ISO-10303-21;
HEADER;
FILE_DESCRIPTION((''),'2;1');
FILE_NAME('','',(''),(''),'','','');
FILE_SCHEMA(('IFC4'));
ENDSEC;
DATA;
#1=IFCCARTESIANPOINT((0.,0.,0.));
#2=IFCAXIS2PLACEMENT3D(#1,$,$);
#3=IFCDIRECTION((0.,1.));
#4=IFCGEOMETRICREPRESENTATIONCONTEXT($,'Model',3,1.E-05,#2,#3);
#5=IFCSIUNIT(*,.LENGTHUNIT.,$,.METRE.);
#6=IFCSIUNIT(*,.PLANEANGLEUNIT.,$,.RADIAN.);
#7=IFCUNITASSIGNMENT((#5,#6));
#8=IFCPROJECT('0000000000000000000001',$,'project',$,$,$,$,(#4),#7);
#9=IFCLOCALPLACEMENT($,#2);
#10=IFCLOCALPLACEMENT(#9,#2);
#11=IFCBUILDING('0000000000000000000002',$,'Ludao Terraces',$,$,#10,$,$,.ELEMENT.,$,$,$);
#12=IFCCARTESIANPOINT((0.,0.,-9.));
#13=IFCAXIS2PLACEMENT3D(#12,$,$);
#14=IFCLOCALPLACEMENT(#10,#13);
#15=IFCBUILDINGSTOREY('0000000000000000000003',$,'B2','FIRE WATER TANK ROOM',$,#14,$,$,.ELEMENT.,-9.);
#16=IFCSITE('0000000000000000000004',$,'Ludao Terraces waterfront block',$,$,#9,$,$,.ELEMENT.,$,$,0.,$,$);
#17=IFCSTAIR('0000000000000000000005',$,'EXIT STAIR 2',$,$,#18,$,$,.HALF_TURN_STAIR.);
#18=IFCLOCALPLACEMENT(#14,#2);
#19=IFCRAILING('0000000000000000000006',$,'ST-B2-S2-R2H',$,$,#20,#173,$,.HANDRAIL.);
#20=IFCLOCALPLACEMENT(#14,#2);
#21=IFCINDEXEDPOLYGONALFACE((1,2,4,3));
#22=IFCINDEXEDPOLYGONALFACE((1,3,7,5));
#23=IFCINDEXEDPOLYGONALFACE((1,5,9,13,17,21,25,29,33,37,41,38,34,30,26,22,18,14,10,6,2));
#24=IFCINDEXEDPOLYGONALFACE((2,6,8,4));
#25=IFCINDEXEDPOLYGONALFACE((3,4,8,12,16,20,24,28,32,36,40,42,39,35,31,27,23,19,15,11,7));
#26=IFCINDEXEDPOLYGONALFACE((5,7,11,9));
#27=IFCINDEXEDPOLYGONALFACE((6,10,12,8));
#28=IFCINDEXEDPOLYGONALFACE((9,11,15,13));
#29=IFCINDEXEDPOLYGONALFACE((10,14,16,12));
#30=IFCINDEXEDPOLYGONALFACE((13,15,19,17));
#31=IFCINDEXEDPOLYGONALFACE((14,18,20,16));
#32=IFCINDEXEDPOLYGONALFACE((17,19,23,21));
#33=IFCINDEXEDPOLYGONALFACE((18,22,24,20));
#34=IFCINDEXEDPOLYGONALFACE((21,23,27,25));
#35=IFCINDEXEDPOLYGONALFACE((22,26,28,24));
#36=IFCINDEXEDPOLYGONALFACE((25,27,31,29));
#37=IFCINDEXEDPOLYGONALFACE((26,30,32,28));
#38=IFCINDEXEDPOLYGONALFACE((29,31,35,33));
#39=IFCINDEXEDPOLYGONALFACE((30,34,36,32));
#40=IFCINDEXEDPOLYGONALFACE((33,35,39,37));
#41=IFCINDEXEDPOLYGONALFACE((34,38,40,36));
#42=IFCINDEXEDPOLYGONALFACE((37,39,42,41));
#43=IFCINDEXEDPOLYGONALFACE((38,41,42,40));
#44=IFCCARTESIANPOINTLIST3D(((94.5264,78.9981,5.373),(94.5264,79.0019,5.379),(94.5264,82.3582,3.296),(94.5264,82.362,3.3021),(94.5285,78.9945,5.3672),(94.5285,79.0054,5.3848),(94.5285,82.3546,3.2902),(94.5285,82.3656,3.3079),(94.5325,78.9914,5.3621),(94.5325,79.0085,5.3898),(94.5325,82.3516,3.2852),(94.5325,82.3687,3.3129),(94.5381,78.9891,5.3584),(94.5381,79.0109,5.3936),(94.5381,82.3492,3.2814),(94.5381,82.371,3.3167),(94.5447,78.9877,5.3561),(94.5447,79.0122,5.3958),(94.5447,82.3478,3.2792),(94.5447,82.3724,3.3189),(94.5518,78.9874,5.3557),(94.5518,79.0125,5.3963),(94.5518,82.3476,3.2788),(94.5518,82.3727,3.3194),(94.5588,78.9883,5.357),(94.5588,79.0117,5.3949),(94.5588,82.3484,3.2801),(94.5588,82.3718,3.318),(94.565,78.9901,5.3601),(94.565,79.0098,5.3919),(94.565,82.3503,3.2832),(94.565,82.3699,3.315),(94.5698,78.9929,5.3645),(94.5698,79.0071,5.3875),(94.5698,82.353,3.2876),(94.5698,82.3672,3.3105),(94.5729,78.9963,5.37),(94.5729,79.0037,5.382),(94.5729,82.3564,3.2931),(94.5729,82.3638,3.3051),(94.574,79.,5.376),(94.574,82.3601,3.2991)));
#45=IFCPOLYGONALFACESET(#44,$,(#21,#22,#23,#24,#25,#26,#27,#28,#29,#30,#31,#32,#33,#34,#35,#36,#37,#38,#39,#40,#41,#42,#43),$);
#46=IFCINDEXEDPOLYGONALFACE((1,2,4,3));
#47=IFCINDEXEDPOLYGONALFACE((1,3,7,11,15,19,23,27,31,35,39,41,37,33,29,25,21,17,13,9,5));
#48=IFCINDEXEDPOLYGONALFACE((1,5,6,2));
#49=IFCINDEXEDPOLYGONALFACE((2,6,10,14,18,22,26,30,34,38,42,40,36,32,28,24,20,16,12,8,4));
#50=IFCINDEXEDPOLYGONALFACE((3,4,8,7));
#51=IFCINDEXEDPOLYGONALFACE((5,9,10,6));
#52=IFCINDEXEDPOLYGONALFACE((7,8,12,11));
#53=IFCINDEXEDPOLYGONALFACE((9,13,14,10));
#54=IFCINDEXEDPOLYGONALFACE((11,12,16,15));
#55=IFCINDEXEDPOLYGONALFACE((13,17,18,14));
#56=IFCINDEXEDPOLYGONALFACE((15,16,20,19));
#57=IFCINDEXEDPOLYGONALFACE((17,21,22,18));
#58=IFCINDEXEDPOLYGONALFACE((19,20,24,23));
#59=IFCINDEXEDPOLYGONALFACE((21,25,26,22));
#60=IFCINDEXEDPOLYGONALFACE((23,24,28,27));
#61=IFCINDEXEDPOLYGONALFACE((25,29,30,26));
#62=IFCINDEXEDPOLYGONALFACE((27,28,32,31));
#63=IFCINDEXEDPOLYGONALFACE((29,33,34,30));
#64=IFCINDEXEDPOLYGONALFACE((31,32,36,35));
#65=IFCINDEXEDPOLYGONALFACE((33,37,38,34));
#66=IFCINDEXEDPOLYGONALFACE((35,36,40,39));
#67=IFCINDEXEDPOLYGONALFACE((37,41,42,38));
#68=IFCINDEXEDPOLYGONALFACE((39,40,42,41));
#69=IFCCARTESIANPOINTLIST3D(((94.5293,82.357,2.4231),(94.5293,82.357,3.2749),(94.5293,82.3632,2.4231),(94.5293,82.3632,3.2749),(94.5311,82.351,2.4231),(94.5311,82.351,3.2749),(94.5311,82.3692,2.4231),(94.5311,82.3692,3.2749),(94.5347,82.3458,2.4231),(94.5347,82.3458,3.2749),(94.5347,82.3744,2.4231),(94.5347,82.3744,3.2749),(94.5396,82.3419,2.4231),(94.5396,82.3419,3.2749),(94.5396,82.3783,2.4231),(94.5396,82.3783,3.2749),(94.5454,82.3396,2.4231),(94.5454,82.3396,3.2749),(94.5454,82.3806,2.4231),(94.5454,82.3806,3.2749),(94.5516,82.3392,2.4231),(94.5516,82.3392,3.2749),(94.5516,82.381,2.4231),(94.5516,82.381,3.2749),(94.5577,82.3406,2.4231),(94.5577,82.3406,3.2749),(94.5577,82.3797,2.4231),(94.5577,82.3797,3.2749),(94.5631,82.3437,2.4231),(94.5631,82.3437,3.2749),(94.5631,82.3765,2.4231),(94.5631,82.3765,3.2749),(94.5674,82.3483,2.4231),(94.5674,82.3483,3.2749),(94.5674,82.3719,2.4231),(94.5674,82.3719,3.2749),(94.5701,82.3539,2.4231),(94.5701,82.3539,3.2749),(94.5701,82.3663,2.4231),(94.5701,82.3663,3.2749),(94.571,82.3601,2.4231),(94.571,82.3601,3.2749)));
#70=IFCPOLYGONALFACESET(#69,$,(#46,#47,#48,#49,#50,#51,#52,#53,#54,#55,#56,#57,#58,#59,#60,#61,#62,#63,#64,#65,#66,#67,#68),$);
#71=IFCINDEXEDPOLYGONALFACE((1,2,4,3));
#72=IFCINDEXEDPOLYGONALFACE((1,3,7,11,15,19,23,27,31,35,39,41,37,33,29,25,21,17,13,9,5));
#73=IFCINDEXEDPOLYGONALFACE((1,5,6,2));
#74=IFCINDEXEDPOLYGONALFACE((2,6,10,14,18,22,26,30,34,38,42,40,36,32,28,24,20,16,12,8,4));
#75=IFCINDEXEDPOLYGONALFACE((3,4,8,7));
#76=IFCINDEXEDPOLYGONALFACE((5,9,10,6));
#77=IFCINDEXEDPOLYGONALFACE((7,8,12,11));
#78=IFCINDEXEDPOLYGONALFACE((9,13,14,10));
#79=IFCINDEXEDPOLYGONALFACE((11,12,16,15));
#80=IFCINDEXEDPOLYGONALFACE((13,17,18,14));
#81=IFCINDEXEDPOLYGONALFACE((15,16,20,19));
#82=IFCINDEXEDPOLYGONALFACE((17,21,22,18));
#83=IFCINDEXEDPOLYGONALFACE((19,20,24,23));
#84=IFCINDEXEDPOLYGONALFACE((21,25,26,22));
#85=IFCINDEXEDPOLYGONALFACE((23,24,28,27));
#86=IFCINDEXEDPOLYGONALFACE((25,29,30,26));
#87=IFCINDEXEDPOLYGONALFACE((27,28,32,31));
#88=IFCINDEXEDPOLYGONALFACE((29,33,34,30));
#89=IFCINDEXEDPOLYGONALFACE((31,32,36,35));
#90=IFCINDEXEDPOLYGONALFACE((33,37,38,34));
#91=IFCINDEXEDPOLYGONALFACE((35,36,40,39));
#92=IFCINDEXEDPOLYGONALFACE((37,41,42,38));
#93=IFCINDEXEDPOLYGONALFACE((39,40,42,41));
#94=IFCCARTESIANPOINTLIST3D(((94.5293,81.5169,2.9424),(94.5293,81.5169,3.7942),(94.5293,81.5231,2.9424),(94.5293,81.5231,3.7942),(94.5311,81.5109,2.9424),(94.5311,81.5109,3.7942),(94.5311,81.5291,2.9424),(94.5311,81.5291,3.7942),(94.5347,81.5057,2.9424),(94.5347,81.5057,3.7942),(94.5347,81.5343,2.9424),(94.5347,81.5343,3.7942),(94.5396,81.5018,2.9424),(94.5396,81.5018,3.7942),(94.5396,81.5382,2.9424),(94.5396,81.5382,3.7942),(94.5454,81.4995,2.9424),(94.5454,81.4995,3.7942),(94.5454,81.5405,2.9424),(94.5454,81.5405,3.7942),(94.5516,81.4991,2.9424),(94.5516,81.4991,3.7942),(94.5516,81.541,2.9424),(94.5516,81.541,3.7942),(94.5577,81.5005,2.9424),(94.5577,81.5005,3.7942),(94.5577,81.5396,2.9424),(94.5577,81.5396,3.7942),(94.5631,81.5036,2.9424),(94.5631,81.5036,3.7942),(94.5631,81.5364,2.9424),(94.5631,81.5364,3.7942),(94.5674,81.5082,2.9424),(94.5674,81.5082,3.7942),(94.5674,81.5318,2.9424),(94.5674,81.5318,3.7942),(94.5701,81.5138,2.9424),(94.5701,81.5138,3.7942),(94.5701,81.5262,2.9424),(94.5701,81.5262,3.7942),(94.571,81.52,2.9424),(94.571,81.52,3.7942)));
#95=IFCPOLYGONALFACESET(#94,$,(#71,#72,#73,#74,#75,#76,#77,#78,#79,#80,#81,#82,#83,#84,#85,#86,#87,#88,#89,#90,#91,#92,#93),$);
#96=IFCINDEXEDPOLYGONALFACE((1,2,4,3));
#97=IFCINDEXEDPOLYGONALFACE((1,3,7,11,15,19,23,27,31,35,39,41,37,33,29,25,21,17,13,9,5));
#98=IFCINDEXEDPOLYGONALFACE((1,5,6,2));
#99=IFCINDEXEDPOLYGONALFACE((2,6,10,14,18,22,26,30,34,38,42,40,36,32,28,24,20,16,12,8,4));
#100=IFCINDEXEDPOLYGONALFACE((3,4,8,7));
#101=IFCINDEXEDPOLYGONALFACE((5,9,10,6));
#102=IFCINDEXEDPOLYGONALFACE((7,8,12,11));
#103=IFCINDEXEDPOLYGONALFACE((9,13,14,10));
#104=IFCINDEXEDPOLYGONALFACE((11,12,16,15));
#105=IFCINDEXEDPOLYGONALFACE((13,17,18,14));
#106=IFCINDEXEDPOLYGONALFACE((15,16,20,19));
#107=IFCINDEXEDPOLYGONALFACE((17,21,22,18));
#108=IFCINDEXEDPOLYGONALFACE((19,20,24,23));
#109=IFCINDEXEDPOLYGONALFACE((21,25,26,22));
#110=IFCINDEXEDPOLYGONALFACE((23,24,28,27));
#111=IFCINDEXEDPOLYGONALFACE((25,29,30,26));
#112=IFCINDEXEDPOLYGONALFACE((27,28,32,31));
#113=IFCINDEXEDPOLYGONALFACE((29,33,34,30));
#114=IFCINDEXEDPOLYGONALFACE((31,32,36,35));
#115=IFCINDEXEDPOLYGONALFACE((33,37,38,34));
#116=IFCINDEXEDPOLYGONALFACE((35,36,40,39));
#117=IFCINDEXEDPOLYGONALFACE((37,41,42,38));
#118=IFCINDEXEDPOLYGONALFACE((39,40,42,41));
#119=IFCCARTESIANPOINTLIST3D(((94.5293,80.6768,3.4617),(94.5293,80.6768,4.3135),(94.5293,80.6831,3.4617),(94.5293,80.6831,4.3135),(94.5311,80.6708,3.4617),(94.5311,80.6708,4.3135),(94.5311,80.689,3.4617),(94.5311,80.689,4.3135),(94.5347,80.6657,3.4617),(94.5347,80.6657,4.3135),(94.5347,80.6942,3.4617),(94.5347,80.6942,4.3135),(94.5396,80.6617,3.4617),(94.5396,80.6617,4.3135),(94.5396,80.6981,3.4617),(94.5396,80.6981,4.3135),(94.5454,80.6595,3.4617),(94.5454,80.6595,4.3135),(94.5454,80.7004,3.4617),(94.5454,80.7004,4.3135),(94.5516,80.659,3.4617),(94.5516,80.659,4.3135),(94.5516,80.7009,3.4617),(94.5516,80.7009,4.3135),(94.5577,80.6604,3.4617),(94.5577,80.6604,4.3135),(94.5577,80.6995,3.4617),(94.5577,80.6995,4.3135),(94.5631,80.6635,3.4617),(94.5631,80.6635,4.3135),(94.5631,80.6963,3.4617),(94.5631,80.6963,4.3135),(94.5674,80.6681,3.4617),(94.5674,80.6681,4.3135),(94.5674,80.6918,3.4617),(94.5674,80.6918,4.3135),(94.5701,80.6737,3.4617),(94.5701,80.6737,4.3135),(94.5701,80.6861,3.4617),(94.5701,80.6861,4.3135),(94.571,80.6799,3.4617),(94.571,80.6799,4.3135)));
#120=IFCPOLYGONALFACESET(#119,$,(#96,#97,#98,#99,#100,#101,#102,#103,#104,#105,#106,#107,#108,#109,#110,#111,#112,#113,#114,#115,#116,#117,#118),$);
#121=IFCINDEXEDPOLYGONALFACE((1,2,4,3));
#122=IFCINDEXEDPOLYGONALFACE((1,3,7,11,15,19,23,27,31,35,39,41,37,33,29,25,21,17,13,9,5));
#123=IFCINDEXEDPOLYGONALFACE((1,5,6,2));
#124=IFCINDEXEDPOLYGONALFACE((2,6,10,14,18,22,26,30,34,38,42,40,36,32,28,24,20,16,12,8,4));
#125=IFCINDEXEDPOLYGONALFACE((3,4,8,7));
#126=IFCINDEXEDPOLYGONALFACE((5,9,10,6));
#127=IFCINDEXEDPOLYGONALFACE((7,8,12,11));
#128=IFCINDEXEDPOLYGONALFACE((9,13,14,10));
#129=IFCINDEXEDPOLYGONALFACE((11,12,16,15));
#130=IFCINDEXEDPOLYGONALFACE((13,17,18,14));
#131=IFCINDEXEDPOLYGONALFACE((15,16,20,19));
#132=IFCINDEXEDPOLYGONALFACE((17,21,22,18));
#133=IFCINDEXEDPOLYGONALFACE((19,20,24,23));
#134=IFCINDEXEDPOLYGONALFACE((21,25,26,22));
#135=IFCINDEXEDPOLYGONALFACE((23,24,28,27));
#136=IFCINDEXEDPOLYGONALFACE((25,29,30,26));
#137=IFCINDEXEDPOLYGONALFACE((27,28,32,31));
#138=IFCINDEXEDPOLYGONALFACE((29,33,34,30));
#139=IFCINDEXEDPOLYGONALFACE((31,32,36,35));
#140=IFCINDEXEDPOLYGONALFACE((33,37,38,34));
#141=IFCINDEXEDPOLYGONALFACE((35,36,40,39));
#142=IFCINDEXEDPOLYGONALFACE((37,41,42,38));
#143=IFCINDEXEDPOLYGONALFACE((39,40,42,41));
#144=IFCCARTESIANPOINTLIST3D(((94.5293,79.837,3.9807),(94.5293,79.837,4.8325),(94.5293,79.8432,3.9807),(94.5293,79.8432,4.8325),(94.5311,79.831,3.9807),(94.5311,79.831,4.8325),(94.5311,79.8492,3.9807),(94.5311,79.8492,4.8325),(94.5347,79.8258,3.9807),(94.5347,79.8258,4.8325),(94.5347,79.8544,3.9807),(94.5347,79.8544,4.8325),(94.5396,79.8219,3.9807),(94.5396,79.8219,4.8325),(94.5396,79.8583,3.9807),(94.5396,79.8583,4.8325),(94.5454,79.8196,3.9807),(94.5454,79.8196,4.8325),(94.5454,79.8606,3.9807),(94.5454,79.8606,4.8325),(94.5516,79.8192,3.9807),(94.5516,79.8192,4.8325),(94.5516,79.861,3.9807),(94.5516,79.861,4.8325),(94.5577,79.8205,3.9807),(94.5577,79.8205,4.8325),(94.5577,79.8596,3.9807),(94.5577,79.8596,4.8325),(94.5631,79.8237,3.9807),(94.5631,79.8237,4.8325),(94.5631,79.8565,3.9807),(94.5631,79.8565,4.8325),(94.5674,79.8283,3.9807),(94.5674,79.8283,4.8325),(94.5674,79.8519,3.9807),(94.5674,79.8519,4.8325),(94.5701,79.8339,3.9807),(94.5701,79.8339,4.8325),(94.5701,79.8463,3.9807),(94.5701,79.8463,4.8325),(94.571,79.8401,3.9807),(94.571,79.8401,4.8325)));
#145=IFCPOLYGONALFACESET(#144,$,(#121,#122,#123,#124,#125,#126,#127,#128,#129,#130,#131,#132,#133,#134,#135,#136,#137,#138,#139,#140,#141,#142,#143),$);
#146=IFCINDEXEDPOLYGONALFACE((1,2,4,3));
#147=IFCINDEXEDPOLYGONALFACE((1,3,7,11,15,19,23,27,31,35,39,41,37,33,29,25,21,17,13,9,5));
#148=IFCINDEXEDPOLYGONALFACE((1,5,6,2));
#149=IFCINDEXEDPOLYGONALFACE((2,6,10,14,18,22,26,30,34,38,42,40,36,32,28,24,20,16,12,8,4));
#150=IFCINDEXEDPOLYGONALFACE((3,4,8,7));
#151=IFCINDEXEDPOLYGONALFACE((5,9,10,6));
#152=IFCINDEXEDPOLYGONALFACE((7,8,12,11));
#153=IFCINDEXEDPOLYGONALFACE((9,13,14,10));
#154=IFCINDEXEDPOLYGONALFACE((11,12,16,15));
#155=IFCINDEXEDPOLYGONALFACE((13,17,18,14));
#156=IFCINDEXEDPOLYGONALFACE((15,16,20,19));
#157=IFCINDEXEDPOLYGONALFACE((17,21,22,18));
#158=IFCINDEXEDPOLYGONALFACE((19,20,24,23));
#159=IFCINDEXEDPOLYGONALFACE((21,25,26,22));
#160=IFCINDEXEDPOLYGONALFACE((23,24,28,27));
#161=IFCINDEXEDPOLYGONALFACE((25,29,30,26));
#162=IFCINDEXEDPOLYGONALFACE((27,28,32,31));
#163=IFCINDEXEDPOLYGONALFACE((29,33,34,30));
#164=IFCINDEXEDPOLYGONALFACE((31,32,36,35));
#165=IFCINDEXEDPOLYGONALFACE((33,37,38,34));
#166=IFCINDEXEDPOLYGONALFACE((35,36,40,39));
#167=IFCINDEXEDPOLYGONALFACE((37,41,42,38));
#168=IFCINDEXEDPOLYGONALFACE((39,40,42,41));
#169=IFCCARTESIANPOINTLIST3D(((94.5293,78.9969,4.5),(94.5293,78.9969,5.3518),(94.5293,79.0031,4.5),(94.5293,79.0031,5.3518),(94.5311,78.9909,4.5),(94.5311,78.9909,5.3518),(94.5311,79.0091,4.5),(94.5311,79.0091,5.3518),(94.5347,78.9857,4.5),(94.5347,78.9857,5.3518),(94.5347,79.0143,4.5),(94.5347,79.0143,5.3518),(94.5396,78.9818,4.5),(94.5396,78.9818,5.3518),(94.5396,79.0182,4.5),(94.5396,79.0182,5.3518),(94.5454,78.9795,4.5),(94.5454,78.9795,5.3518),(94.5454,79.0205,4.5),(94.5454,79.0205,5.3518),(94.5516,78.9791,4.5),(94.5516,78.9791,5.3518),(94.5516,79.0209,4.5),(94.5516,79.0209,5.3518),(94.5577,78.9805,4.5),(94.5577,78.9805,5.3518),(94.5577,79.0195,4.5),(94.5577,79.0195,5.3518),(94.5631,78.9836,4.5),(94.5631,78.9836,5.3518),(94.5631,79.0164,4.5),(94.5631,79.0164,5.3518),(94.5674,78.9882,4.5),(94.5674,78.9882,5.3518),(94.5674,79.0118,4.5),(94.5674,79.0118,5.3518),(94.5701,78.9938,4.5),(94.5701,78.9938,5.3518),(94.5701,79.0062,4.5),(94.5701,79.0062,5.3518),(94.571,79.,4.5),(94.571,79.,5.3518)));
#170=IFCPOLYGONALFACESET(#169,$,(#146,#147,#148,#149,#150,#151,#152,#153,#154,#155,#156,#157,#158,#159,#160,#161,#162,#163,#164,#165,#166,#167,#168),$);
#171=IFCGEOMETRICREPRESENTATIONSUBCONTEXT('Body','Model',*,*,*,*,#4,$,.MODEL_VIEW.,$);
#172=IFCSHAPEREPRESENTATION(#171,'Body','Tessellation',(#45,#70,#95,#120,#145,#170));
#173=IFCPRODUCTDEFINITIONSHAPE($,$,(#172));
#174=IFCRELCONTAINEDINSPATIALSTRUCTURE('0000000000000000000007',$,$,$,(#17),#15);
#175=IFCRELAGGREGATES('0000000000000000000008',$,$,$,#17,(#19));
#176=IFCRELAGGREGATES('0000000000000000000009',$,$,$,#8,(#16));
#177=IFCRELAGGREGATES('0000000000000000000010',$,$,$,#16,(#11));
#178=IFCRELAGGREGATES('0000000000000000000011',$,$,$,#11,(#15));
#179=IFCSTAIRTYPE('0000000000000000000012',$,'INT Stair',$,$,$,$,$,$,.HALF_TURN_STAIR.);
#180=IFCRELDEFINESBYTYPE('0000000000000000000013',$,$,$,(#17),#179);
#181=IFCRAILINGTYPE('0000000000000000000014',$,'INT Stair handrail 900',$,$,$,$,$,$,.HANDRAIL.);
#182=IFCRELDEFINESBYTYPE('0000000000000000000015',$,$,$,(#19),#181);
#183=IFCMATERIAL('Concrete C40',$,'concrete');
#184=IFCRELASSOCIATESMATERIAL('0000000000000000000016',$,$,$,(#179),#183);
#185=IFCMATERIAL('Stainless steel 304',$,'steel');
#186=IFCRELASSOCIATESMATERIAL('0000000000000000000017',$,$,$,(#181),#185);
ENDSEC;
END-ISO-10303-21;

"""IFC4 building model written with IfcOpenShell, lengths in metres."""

from ifc_helpers import new_model, si_unit, direction, frame, origin, origin_2d, place, context, subcontext, project, spatial, circle, extrude, material, type_object, element, aggregate, save


model = new_model("IFC4")

# Units and contexts
model_context = context("Model", 3, precision=1e-05, world=origin(), true_north=direction((0.0, 1.0)))
body_context = subcontext(model_context, "Body", "Model", "MODEL_VIEW")
ifc_project = project(units=[si_unit("LENGTHUNIT", "METRE"), si_unit("PLANEANGLEUNIT", "RADIAN")], contexts=[model_context])

# Site, building, storey
site_placement = place(None, origin())
site = spatial("IfcSite", under=ifc_project, at=site_placement, Name="Ludao Terraces waterfront block", CompositionType="ELEMENT", RefElevation=0.0)
building_placement = place(site_placement, origin())
building = spatial("IfcBuilding", under=site, at=building_placement, Name="Ludao Terraces", CompositionType="ELEMENT")
storey_placement = place(building_placement, frame((0.0, 0.0, -9.0)))
storey = spatial("IfcBuildingStorey", under=building, at=storey_placement, Name="B2", Description="FIRE WATER TANK ROOM", CompositionType="ELEMENT", Elevation=-9.0)

# Shared definitions
ifc_material_1 = material(Name="Concrete C40", Category="concrete")

# Stair, railing
stair_type = type_object("IfcStairType", Name="INT Stair", PredefinedType="HALF_TURN_STAIR", material=ifc_material_1)
stair_placement = place(storey_placement, origin())
stair = element("IfcStair", 1, at=stair_placement, inside=storey, type_object=stair_type, Name="EXIT STAIR 2", PredefinedType="HALF_TURN_STAIR")
ifc_material_2 = material(Name="Stainless steel 304", Category="steel")
railing_type_1 = type_object("IfcRailingType", Name="INT Stair handrail 900", PredefinedType="HANDRAIL", material=ifc_material_2)
railing_1_placement = place(storey_placement, frame((94.55, 82.3601, 2.4231)))
railing_1 = element("IfcRailing", 2, at=railing_1_placement, type_object=railing_type_1, Name="ST-B2-S2-R2H", PredefinedType="HANDRAIL", context=body_context, shape_type="SweptSolid", body=[
    extrude(circle(Radius=0.0239, at=origin_2d()), frame((0.0, 0.0, 0.876), z_axis=(0.0, -0.850623, 0.525776), x_axis=(1.0, 0.0, 0.0)), (0.0, 0.0, 1.0), 3.9502),
    extrude(circle(Radius=0.021, at=origin_2d()), origin(), (0.0, 0.0, 1.0), 0.8518),
    extrude(circle(Radius=0.021, at=origin_2d()), frame((0.0, -0.8401, 0.5193)), (0.0, 0.0, 1.0), 0.8518),
    extrude(circle(Radius=0.021, at=origin_2d()), frame((0.0, -1.6802, 1.0386)), (0.0, 0.0, 1.0), 0.8518),
    extrude(circle(Radius=0.021, at=origin_2d()), frame((0.0, -2.52, 1.5576)), (0.0, 0.0, 1.0), 0.8518),
    extrude(circle(Radius=0.021, at=origin_2d()), frame((0.0, -3.3601, 2.0769)), (0.0, 0.0, 1.0), 0.8518),
])
aggregate(stair, [railing_1])

save(model, "model.ifc")
